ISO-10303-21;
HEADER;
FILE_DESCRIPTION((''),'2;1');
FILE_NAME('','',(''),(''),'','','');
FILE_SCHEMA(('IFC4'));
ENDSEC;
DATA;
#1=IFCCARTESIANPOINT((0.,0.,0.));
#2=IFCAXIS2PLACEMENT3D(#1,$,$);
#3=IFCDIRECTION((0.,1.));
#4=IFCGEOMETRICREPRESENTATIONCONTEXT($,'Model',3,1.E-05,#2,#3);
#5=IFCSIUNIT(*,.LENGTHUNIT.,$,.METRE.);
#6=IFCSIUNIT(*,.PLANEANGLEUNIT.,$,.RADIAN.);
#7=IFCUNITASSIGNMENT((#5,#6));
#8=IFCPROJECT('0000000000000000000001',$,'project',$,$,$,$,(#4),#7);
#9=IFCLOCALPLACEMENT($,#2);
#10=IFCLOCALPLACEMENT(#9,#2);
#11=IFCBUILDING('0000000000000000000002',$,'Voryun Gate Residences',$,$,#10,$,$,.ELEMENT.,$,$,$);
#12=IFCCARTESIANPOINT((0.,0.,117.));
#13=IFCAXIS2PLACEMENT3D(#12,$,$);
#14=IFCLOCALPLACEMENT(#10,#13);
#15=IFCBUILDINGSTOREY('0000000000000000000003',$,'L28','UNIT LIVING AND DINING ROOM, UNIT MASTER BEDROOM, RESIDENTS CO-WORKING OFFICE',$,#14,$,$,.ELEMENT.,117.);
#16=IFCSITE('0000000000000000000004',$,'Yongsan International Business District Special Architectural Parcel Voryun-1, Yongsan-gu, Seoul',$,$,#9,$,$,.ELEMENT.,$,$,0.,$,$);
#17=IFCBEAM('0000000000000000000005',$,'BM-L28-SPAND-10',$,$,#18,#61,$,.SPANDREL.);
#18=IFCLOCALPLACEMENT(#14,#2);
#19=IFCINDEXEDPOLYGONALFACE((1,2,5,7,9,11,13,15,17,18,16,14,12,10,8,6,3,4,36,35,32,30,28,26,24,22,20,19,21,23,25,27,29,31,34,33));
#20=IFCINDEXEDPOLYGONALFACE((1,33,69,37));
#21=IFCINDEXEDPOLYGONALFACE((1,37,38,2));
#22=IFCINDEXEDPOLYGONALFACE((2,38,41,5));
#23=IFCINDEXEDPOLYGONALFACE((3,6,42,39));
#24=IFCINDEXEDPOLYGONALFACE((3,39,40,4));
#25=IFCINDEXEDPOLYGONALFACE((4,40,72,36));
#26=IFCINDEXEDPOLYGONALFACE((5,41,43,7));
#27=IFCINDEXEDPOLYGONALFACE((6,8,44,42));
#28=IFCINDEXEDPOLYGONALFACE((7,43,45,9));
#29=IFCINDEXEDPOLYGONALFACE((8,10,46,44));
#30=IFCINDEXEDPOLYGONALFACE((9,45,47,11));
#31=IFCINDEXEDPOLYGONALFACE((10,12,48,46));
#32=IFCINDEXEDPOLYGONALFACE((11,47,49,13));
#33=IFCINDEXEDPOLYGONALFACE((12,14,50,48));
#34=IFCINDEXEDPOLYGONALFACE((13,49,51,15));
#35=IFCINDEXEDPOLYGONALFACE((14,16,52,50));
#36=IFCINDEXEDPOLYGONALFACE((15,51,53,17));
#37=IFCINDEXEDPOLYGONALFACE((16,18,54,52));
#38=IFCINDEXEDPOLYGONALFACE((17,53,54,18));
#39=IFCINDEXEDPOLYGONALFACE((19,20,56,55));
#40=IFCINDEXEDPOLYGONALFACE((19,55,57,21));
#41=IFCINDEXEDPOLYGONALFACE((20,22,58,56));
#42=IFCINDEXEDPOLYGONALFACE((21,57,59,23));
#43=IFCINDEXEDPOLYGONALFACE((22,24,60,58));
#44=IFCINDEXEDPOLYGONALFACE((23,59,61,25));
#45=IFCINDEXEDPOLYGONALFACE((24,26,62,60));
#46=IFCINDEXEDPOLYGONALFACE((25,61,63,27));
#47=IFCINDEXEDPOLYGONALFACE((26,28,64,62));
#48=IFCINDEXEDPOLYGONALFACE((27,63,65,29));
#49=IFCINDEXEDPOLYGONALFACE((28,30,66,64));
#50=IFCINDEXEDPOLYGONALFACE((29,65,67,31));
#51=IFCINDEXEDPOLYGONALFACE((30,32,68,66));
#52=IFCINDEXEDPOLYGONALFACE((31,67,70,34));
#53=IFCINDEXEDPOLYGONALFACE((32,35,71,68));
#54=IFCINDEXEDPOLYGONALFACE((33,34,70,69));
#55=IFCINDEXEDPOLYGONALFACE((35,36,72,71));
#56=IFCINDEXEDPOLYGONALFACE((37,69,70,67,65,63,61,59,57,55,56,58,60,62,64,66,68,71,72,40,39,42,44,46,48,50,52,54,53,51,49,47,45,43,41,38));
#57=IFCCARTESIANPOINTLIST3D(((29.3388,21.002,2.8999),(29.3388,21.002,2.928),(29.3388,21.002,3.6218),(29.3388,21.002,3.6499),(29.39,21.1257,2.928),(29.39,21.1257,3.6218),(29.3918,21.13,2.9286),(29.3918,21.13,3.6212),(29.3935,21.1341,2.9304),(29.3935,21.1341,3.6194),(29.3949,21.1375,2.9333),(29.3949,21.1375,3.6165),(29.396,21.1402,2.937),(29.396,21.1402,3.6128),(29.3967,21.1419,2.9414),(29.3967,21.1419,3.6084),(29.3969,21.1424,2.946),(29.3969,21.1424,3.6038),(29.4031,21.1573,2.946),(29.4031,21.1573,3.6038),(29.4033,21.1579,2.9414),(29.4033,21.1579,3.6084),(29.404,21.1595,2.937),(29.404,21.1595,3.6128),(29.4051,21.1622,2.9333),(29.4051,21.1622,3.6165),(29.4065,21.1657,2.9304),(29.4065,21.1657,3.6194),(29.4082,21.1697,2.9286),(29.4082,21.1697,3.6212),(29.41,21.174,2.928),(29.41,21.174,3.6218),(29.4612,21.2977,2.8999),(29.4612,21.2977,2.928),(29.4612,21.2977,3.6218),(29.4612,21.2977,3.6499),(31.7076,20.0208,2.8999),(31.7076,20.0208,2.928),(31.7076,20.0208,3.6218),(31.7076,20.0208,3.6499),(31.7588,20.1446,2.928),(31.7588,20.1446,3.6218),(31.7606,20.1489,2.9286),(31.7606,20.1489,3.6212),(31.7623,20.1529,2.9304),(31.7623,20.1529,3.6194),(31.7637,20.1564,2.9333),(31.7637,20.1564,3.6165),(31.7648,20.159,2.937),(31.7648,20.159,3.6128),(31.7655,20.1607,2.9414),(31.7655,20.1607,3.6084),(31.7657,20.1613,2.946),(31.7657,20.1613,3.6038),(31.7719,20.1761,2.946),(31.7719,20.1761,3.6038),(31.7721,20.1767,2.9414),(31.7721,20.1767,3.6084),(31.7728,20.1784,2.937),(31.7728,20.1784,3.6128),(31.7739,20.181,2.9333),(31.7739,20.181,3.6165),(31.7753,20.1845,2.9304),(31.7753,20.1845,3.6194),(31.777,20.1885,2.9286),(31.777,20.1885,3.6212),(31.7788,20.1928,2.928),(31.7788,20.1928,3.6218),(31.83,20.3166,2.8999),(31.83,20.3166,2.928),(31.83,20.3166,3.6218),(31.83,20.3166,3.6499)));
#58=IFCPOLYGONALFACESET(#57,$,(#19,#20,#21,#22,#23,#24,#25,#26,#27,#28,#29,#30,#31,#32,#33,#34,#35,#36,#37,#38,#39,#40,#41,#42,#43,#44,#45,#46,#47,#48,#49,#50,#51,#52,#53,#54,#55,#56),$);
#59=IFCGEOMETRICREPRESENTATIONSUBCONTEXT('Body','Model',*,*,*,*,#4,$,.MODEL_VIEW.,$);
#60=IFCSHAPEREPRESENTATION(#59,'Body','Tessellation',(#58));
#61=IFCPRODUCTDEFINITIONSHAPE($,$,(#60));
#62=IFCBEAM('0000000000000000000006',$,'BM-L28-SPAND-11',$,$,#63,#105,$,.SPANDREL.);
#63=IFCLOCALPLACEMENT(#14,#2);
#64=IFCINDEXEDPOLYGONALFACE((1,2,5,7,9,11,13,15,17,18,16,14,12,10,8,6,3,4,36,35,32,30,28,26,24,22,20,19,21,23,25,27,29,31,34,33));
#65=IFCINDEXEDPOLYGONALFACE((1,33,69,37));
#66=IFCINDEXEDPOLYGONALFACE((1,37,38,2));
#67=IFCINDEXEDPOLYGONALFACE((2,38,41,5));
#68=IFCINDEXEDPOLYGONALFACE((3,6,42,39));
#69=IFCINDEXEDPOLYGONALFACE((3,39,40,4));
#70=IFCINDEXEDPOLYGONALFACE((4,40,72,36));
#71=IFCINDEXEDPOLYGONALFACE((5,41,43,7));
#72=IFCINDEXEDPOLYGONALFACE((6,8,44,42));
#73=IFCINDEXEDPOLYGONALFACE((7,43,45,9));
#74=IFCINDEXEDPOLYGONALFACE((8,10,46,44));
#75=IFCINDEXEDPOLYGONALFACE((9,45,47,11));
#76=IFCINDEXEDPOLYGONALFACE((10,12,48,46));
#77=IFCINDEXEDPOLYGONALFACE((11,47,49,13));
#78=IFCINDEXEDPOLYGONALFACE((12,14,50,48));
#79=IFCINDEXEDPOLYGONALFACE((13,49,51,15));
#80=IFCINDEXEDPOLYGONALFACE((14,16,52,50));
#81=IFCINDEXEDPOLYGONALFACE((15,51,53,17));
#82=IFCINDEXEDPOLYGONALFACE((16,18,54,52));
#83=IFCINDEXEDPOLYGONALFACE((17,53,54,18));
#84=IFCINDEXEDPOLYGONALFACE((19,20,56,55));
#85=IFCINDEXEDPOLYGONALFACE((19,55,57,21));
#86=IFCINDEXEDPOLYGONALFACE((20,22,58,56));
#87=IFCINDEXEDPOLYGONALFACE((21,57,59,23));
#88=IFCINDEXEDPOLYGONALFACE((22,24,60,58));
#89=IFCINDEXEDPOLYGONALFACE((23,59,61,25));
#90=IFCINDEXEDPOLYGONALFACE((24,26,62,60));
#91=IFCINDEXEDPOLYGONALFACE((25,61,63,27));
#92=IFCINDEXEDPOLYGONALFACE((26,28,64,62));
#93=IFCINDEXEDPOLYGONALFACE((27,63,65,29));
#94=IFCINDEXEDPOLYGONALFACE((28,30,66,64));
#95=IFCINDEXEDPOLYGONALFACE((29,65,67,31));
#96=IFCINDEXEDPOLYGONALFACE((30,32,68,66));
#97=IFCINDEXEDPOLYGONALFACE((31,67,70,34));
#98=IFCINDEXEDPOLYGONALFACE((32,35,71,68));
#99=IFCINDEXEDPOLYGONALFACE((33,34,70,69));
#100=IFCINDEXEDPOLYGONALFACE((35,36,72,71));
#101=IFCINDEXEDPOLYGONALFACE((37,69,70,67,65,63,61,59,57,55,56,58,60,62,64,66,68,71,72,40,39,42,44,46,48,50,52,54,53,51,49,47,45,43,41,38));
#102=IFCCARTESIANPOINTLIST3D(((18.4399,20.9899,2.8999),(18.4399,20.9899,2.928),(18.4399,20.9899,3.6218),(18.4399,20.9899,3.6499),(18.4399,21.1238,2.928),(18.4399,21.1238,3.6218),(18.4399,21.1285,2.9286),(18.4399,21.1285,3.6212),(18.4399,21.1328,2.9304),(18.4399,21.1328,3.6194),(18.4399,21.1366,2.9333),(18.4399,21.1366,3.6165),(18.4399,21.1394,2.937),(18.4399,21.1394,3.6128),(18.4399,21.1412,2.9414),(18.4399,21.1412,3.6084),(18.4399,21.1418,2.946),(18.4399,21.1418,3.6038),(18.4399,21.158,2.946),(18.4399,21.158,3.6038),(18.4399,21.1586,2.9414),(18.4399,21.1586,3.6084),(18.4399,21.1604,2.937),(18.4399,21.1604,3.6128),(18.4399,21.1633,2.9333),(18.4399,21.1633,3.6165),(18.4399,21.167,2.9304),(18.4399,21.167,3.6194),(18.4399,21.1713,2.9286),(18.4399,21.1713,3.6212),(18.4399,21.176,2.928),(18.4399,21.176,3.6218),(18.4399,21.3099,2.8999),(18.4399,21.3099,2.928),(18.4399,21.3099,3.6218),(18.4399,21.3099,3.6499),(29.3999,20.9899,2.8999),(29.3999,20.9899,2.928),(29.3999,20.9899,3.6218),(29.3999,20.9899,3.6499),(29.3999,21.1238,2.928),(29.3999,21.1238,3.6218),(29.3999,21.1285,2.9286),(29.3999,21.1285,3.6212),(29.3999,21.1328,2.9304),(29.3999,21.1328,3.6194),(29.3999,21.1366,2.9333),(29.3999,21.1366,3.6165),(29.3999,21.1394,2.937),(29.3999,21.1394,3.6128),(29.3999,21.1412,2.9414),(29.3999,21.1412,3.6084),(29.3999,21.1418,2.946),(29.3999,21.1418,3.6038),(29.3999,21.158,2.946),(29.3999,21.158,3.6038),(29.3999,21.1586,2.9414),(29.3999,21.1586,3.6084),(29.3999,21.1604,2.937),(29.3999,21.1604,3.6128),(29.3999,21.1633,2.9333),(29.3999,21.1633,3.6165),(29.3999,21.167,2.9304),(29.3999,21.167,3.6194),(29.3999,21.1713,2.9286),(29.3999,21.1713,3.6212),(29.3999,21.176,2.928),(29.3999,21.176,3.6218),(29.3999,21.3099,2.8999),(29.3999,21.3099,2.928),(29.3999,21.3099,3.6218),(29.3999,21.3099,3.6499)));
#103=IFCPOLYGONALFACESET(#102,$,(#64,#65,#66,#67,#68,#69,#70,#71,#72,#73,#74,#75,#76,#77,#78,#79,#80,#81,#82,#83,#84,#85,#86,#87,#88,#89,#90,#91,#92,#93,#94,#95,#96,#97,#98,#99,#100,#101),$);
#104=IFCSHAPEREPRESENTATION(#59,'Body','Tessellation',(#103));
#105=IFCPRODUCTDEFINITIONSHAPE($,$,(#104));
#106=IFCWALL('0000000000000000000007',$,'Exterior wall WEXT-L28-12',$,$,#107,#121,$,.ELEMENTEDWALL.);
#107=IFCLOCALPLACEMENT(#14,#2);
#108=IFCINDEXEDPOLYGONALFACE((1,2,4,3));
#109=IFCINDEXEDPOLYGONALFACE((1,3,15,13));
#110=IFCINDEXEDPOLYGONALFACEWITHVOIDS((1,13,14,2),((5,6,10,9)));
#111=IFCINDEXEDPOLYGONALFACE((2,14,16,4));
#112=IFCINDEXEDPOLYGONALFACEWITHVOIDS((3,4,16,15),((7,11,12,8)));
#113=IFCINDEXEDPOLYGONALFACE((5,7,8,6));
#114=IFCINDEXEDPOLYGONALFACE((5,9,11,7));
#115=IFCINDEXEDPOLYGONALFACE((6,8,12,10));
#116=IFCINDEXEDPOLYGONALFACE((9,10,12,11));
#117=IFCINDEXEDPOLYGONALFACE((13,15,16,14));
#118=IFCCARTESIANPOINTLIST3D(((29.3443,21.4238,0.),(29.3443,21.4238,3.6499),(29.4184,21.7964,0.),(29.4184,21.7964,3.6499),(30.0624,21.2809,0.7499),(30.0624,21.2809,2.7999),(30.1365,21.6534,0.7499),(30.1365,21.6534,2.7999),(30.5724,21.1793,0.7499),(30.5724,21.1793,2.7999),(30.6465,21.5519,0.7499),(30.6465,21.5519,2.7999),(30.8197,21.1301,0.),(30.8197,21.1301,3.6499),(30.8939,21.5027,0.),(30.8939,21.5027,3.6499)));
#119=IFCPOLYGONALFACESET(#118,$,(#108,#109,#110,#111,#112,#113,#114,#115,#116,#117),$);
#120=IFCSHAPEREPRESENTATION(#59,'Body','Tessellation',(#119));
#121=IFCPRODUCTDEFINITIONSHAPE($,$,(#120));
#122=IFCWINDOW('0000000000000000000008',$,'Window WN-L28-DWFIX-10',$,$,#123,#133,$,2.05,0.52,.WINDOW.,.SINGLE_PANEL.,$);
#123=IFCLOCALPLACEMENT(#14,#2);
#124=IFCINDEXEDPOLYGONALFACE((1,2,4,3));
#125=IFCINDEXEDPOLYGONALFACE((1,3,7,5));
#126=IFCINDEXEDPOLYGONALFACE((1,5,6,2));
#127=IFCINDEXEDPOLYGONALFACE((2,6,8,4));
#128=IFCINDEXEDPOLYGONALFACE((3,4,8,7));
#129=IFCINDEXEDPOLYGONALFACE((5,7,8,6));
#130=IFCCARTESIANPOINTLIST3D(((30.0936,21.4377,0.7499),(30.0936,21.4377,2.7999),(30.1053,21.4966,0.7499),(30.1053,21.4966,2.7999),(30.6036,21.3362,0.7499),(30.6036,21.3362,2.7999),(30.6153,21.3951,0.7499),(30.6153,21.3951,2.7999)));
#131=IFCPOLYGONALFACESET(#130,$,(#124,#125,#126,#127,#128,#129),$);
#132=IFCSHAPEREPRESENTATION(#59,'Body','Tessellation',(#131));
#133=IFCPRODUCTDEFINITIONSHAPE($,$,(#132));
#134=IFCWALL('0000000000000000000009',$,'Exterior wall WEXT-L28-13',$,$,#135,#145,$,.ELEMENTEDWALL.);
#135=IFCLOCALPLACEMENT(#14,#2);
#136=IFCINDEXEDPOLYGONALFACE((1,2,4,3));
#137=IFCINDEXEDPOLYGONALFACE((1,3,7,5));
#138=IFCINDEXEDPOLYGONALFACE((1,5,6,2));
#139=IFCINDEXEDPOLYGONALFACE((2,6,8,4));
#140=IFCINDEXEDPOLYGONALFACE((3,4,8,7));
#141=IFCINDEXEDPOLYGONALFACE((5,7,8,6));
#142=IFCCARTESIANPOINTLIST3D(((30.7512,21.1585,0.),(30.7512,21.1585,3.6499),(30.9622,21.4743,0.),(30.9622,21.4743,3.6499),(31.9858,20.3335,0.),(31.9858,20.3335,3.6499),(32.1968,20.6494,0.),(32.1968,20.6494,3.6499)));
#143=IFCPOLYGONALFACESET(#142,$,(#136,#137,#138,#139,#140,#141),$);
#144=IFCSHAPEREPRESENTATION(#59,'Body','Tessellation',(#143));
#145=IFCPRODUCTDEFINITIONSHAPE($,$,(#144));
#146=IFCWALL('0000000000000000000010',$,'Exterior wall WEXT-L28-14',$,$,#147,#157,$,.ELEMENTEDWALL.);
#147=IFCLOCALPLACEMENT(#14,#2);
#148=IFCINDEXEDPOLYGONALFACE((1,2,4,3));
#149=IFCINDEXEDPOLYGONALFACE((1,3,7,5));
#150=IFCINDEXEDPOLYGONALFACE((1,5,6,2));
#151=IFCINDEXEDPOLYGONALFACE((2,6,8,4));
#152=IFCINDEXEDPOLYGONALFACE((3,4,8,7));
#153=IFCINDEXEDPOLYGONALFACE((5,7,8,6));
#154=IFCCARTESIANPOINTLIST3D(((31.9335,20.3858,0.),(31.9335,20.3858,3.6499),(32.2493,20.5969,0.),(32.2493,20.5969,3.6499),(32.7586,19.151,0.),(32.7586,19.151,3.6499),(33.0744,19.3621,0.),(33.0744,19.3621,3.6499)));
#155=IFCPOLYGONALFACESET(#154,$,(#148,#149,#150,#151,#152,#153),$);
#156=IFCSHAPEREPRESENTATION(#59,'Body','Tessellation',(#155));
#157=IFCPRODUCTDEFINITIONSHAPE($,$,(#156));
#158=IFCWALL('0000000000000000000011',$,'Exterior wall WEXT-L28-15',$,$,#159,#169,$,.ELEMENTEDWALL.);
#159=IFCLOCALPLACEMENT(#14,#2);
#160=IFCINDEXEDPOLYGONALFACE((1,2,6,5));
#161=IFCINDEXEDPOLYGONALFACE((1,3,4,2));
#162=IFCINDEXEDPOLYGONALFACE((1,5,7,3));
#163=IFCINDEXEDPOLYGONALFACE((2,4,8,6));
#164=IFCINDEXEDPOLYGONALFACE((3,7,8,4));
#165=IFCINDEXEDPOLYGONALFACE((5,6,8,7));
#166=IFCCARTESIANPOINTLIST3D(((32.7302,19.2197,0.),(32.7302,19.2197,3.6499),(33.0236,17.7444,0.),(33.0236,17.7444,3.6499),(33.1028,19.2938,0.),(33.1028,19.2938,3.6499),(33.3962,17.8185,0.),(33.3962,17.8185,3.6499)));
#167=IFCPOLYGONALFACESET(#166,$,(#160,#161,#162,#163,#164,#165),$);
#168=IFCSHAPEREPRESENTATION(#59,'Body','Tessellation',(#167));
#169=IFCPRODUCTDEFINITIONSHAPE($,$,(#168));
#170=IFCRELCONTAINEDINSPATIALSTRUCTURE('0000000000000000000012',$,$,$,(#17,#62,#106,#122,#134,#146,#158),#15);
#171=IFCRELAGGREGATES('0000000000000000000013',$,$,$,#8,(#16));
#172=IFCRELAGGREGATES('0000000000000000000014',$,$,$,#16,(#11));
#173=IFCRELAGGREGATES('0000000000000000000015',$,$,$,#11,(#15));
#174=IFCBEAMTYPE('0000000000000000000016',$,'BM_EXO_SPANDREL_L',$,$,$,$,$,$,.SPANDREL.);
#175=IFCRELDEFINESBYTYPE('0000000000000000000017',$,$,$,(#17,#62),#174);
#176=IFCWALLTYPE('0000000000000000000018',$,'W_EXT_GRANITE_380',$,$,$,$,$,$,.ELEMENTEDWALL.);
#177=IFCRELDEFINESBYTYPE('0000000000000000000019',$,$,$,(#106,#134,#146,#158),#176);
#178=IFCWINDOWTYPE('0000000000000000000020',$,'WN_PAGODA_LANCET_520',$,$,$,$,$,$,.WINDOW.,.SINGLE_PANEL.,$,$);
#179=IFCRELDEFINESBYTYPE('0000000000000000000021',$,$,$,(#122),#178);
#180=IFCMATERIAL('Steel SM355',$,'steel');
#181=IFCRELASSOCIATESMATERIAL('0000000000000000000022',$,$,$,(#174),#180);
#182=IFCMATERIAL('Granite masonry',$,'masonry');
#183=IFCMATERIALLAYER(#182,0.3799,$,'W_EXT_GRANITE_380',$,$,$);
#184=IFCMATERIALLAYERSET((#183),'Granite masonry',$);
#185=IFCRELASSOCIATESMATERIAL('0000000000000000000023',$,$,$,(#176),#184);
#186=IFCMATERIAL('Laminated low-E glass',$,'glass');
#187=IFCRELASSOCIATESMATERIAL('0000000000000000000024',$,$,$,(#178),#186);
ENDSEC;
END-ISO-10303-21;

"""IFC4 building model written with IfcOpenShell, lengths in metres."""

from ifc_helpers import new_model, si_unit, direction, frame, frame_2d, origin, origin_2d, place, context, subcontext, project, spatial, rectangle, i_section, extrude, material, layer, layer_set, material_profile, profile_set, type_object, element, fill, save


model = new_model("IFC4")

# Units and contexts
model_context = context("Model", 3, precision=1e-05, world=origin(), true_north=direction((0.0, 1.0)))
body_context = subcontext(model_context, "Body", "Model", "MODEL_VIEW")
ifc_project = project(units=[si_unit("LENGTHUNIT", "METRE"), si_unit("PLANEANGLEUNIT", "RADIAN")], contexts=[model_context])

# Site, building, storey
site_placement = place(None, origin())
site = spatial("IfcSite", under=ifc_project, at=site_placement, Name="Yongsan International Business District Special Architectural Parcel Voryun-1, Yongsan-gu, Seoul", CompositionType="ELEMENT", RefElevation=0.0)
building_placement = place(site_placement, origin())
building = spatial("IfcBuilding", under=site, at=building_placement, Name="Voryun Gate Residences", CompositionType="ELEMENT")
storey_placement = place(building_placement, frame((0.0, 0.0, 117.0)))
storey = spatial("IfcBuildingStorey", under=building, at=storey_placement, Name="L28", Description="UNIT LIVING AND DINING ROOM, UNIT MASTER BEDROOM, RESIDENTS CO-WORKING OFFICE", CompositionType="ELEMENT", Elevation=117.0)

# Beams
ifc_material_1 = material(Name="Steel SM355", Category="steel")
ifc_material_profile_1 = material_profile(ifc_material_1, i_section(OverallWidth=0.3201, OverallDepth=0.75, WebThickness=0.0161, FlangeThickness=0.0281, FilletRadius=0.0181, at=origin_2d()), Name="H-750x320x16x28")
ifc_profile_set_1 = profile_set([ifc_material_profile_1], Name="Steel SM355")
beam_type = type_object("IfcBeamType", Name="BM_EXO_SPANDREL_L", PredefinedType="SPANDREL", material=ifc_profile_set_1)
beam_1_placement = place(storey_placement, frame((31.7688, 20.1687, 3.2749), z_axis=(-0.923883, 0.382674, 0.0), x_axis=(-0.382674, -0.923883, 0.0)))
element("IfcBeam", 1, at=beam_1_placement, inside=storey, type_object=beam_type, Name="BM-L28-SPAND-10", PredefinedType="SPANDREL", context=body_context, shape_type="SweptSolid", body=[
    extrude(i_section(OverallWidth=0.3201, OverallDepth=0.75, WebThickness=0.0161, FlangeThickness=0.0281, FilletRadius=0.0181, at=origin_2d()), origin(), (0.0, 0.0, 1.0), 2.564),
])
beam_2_placement = place(storey_placement, frame((29.3999, 21.1499, 3.2749), z_axis=(-1.0, 0.0, 0.0), x_axis=(0.0, -1.0, 0.0)))
element("IfcBeam", 2, at=beam_2_placement, inside=storey, type_object=beam_type, Name="BM-L28-SPAND-11", PredefinedType="SPANDREL", context=body_context, shape_type="SweptSolid", body=[
    extrude(i_section(OverallWidth=0.3201, OverallDepth=0.75, WebThickness=0.0161, FlangeThickness=0.0281, FilletRadius=0.0181, at=origin_2d()), origin(), (0.0, 0.0, 1.0), 10.96),
])

# Wall, opening, window
ifc_material_2 = material(Name="Granite masonry", Category="masonry")
ifc_layer_1 = layer(ifc_material_2, 0.3799, Name="W_EXT_GRANITE_380")
ifc_layer_set_1 = layer_set([ifc_layer_1], Name="Granite masonry")
wall_type_1 = type_object("IfcWallType", Name="W_EXT_GRANITE_380", PredefinedType="ELEMENTEDWALL", material=ifc_layer_set_1)
wall_1_placement = place(storey_placement, frame((29.3813, 21.6101, 0.0), z_axis=(0.0, 0.0, 1.0), x_axis=(0.980755, -0.195242, 0.0)))
wall_1 = element("IfcWall", 3, at=wall_1_placement, inside=storey, type_object=wall_type_1, Name="Exterior wall WEXT-L28-12", PredefinedType="ELEMENTEDWALL", context=body_context, shape_type="SweptSolid", body=[
    extrude(rectangle(XDim=1.5044, YDim=0.3799, at=frame_2d((0.7522, 0.0))), origin(), (0.0, 0.0, 1.0), 3.6499),
])
opening_1_placement = place(wall_1_placement, frame((0.7322, 0.0, 0.75)))
opening_1 = element("IfcOpeningElement", 4, at=opening_1_placement, cuts=wall_1, PredefinedType="OPENING", context=body_context, shape_type="SweptSolid", body=[
    extrude(rectangle(XDim=0.52, YDim=2.05, at=frame_2d((0.26, 1.0249))), frame((0.0, 0.2, 0.0), z_axis=(0.0, -1.0, 0.0), x_axis=(1.0, 0.0, 0.0)), (0.0, 0.0, 1.0), 0.3999),
])
ifc_material_3 = material(Name="Laminated low-E glass", Category="glass")
window_type_1 = type_object("IfcWindowType", Name="WN_PAGODA_LANCET_520", PartitioningType="SINGLE_PANEL", PredefinedType="WINDOW", material=ifc_material_3)
window_1_placement = place(opening_1_placement, origin())
window_1 = element("IfcWindow", 5, at=window_1_placement, inside=storey, type_object=window_type_1, Name="Window WN-L28-DWFIX-10", OverallHeight=2.05, OverallWidth=0.52, PartitioningType="SINGLE_PANEL", PredefinedType="WINDOW", context=body_context, shape_type="SweptSolid", body=[
    extrude(rectangle(XDim=0.52, YDim=2.05, at=frame_2d((0.26, 1.0249))), frame((0.0, 0.03, 0.0), z_axis=(0.0, -1.0, 0.0), x_axis=(1.0, 0.0, 0.0)), (0.0, 0.0, 1.0), 0.0601),
])
fill(opening_1, window_1)

# Walls
wall_2_placement = place(storey_placement, frame((30.8567, 21.3164, 0.0), z_axis=(0.0, 0.0, 1.0), x_axis=(0.831468, -0.555573, 0.0)))
element("IfcWall", 6, at=wall_2_placement, inside=storey, type_object=wall_type_1, Name="Exterior wall WEXT-L28-13", PredefinedType="ELEMENTEDWALL", context=body_context, shape_type="SweptSolid", body=[
    extrude(rectangle(XDim=1.4849, YDim=0.3799, at=frame_2d((0.7424, 0.0))), origin(), (0.0, 0.0, 1.0), 3.6499),
])
wall_3_placement = place(storey_placement, frame((32.0913, 20.4915, 0.0), z_axis=(0.0, 0.0, 1.0), x_axis=(0.55561, -0.831443, 0.0)))
element("IfcWall", 7, at=wall_3_placement, inside=storey, type_object=wall_type_1, Name="Exterior wall WEXT-L28-14", PredefinedType="ELEMENTEDWALL", context=body_context, shape_type="SweptSolid", body=[
    extrude(rectangle(XDim=1.4851, YDim=0.3799, at=frame_2d((0.7427, 0.0))), origin(), (0.0, 0.0, 1.0), 3.6499),
])
wall_4_placement = place(storey_placement, frame((32.9165, 19.2566, 0.0), z_axis=(0.0, 0.0, 1.0), x_axis=(0.195086, -0.980786, 0.0)))
element("IfcWall", 8, at=wall_4_placement, inside=storey, type_object=wall_type_1, Name="Exterior wall WEXT-L28-15", PredefinedType="ELEMENTEDWALL", context=body_context, shape_type="SweptSolid", body=[
    extrude(rectangle(XDim=1.5042, YDim=0.3799, at=frame_2d((0.752, 0.0))), origin(), (0.0, 0.0, 1.0), 3.6499),
])

save(model, "model.ifc")
